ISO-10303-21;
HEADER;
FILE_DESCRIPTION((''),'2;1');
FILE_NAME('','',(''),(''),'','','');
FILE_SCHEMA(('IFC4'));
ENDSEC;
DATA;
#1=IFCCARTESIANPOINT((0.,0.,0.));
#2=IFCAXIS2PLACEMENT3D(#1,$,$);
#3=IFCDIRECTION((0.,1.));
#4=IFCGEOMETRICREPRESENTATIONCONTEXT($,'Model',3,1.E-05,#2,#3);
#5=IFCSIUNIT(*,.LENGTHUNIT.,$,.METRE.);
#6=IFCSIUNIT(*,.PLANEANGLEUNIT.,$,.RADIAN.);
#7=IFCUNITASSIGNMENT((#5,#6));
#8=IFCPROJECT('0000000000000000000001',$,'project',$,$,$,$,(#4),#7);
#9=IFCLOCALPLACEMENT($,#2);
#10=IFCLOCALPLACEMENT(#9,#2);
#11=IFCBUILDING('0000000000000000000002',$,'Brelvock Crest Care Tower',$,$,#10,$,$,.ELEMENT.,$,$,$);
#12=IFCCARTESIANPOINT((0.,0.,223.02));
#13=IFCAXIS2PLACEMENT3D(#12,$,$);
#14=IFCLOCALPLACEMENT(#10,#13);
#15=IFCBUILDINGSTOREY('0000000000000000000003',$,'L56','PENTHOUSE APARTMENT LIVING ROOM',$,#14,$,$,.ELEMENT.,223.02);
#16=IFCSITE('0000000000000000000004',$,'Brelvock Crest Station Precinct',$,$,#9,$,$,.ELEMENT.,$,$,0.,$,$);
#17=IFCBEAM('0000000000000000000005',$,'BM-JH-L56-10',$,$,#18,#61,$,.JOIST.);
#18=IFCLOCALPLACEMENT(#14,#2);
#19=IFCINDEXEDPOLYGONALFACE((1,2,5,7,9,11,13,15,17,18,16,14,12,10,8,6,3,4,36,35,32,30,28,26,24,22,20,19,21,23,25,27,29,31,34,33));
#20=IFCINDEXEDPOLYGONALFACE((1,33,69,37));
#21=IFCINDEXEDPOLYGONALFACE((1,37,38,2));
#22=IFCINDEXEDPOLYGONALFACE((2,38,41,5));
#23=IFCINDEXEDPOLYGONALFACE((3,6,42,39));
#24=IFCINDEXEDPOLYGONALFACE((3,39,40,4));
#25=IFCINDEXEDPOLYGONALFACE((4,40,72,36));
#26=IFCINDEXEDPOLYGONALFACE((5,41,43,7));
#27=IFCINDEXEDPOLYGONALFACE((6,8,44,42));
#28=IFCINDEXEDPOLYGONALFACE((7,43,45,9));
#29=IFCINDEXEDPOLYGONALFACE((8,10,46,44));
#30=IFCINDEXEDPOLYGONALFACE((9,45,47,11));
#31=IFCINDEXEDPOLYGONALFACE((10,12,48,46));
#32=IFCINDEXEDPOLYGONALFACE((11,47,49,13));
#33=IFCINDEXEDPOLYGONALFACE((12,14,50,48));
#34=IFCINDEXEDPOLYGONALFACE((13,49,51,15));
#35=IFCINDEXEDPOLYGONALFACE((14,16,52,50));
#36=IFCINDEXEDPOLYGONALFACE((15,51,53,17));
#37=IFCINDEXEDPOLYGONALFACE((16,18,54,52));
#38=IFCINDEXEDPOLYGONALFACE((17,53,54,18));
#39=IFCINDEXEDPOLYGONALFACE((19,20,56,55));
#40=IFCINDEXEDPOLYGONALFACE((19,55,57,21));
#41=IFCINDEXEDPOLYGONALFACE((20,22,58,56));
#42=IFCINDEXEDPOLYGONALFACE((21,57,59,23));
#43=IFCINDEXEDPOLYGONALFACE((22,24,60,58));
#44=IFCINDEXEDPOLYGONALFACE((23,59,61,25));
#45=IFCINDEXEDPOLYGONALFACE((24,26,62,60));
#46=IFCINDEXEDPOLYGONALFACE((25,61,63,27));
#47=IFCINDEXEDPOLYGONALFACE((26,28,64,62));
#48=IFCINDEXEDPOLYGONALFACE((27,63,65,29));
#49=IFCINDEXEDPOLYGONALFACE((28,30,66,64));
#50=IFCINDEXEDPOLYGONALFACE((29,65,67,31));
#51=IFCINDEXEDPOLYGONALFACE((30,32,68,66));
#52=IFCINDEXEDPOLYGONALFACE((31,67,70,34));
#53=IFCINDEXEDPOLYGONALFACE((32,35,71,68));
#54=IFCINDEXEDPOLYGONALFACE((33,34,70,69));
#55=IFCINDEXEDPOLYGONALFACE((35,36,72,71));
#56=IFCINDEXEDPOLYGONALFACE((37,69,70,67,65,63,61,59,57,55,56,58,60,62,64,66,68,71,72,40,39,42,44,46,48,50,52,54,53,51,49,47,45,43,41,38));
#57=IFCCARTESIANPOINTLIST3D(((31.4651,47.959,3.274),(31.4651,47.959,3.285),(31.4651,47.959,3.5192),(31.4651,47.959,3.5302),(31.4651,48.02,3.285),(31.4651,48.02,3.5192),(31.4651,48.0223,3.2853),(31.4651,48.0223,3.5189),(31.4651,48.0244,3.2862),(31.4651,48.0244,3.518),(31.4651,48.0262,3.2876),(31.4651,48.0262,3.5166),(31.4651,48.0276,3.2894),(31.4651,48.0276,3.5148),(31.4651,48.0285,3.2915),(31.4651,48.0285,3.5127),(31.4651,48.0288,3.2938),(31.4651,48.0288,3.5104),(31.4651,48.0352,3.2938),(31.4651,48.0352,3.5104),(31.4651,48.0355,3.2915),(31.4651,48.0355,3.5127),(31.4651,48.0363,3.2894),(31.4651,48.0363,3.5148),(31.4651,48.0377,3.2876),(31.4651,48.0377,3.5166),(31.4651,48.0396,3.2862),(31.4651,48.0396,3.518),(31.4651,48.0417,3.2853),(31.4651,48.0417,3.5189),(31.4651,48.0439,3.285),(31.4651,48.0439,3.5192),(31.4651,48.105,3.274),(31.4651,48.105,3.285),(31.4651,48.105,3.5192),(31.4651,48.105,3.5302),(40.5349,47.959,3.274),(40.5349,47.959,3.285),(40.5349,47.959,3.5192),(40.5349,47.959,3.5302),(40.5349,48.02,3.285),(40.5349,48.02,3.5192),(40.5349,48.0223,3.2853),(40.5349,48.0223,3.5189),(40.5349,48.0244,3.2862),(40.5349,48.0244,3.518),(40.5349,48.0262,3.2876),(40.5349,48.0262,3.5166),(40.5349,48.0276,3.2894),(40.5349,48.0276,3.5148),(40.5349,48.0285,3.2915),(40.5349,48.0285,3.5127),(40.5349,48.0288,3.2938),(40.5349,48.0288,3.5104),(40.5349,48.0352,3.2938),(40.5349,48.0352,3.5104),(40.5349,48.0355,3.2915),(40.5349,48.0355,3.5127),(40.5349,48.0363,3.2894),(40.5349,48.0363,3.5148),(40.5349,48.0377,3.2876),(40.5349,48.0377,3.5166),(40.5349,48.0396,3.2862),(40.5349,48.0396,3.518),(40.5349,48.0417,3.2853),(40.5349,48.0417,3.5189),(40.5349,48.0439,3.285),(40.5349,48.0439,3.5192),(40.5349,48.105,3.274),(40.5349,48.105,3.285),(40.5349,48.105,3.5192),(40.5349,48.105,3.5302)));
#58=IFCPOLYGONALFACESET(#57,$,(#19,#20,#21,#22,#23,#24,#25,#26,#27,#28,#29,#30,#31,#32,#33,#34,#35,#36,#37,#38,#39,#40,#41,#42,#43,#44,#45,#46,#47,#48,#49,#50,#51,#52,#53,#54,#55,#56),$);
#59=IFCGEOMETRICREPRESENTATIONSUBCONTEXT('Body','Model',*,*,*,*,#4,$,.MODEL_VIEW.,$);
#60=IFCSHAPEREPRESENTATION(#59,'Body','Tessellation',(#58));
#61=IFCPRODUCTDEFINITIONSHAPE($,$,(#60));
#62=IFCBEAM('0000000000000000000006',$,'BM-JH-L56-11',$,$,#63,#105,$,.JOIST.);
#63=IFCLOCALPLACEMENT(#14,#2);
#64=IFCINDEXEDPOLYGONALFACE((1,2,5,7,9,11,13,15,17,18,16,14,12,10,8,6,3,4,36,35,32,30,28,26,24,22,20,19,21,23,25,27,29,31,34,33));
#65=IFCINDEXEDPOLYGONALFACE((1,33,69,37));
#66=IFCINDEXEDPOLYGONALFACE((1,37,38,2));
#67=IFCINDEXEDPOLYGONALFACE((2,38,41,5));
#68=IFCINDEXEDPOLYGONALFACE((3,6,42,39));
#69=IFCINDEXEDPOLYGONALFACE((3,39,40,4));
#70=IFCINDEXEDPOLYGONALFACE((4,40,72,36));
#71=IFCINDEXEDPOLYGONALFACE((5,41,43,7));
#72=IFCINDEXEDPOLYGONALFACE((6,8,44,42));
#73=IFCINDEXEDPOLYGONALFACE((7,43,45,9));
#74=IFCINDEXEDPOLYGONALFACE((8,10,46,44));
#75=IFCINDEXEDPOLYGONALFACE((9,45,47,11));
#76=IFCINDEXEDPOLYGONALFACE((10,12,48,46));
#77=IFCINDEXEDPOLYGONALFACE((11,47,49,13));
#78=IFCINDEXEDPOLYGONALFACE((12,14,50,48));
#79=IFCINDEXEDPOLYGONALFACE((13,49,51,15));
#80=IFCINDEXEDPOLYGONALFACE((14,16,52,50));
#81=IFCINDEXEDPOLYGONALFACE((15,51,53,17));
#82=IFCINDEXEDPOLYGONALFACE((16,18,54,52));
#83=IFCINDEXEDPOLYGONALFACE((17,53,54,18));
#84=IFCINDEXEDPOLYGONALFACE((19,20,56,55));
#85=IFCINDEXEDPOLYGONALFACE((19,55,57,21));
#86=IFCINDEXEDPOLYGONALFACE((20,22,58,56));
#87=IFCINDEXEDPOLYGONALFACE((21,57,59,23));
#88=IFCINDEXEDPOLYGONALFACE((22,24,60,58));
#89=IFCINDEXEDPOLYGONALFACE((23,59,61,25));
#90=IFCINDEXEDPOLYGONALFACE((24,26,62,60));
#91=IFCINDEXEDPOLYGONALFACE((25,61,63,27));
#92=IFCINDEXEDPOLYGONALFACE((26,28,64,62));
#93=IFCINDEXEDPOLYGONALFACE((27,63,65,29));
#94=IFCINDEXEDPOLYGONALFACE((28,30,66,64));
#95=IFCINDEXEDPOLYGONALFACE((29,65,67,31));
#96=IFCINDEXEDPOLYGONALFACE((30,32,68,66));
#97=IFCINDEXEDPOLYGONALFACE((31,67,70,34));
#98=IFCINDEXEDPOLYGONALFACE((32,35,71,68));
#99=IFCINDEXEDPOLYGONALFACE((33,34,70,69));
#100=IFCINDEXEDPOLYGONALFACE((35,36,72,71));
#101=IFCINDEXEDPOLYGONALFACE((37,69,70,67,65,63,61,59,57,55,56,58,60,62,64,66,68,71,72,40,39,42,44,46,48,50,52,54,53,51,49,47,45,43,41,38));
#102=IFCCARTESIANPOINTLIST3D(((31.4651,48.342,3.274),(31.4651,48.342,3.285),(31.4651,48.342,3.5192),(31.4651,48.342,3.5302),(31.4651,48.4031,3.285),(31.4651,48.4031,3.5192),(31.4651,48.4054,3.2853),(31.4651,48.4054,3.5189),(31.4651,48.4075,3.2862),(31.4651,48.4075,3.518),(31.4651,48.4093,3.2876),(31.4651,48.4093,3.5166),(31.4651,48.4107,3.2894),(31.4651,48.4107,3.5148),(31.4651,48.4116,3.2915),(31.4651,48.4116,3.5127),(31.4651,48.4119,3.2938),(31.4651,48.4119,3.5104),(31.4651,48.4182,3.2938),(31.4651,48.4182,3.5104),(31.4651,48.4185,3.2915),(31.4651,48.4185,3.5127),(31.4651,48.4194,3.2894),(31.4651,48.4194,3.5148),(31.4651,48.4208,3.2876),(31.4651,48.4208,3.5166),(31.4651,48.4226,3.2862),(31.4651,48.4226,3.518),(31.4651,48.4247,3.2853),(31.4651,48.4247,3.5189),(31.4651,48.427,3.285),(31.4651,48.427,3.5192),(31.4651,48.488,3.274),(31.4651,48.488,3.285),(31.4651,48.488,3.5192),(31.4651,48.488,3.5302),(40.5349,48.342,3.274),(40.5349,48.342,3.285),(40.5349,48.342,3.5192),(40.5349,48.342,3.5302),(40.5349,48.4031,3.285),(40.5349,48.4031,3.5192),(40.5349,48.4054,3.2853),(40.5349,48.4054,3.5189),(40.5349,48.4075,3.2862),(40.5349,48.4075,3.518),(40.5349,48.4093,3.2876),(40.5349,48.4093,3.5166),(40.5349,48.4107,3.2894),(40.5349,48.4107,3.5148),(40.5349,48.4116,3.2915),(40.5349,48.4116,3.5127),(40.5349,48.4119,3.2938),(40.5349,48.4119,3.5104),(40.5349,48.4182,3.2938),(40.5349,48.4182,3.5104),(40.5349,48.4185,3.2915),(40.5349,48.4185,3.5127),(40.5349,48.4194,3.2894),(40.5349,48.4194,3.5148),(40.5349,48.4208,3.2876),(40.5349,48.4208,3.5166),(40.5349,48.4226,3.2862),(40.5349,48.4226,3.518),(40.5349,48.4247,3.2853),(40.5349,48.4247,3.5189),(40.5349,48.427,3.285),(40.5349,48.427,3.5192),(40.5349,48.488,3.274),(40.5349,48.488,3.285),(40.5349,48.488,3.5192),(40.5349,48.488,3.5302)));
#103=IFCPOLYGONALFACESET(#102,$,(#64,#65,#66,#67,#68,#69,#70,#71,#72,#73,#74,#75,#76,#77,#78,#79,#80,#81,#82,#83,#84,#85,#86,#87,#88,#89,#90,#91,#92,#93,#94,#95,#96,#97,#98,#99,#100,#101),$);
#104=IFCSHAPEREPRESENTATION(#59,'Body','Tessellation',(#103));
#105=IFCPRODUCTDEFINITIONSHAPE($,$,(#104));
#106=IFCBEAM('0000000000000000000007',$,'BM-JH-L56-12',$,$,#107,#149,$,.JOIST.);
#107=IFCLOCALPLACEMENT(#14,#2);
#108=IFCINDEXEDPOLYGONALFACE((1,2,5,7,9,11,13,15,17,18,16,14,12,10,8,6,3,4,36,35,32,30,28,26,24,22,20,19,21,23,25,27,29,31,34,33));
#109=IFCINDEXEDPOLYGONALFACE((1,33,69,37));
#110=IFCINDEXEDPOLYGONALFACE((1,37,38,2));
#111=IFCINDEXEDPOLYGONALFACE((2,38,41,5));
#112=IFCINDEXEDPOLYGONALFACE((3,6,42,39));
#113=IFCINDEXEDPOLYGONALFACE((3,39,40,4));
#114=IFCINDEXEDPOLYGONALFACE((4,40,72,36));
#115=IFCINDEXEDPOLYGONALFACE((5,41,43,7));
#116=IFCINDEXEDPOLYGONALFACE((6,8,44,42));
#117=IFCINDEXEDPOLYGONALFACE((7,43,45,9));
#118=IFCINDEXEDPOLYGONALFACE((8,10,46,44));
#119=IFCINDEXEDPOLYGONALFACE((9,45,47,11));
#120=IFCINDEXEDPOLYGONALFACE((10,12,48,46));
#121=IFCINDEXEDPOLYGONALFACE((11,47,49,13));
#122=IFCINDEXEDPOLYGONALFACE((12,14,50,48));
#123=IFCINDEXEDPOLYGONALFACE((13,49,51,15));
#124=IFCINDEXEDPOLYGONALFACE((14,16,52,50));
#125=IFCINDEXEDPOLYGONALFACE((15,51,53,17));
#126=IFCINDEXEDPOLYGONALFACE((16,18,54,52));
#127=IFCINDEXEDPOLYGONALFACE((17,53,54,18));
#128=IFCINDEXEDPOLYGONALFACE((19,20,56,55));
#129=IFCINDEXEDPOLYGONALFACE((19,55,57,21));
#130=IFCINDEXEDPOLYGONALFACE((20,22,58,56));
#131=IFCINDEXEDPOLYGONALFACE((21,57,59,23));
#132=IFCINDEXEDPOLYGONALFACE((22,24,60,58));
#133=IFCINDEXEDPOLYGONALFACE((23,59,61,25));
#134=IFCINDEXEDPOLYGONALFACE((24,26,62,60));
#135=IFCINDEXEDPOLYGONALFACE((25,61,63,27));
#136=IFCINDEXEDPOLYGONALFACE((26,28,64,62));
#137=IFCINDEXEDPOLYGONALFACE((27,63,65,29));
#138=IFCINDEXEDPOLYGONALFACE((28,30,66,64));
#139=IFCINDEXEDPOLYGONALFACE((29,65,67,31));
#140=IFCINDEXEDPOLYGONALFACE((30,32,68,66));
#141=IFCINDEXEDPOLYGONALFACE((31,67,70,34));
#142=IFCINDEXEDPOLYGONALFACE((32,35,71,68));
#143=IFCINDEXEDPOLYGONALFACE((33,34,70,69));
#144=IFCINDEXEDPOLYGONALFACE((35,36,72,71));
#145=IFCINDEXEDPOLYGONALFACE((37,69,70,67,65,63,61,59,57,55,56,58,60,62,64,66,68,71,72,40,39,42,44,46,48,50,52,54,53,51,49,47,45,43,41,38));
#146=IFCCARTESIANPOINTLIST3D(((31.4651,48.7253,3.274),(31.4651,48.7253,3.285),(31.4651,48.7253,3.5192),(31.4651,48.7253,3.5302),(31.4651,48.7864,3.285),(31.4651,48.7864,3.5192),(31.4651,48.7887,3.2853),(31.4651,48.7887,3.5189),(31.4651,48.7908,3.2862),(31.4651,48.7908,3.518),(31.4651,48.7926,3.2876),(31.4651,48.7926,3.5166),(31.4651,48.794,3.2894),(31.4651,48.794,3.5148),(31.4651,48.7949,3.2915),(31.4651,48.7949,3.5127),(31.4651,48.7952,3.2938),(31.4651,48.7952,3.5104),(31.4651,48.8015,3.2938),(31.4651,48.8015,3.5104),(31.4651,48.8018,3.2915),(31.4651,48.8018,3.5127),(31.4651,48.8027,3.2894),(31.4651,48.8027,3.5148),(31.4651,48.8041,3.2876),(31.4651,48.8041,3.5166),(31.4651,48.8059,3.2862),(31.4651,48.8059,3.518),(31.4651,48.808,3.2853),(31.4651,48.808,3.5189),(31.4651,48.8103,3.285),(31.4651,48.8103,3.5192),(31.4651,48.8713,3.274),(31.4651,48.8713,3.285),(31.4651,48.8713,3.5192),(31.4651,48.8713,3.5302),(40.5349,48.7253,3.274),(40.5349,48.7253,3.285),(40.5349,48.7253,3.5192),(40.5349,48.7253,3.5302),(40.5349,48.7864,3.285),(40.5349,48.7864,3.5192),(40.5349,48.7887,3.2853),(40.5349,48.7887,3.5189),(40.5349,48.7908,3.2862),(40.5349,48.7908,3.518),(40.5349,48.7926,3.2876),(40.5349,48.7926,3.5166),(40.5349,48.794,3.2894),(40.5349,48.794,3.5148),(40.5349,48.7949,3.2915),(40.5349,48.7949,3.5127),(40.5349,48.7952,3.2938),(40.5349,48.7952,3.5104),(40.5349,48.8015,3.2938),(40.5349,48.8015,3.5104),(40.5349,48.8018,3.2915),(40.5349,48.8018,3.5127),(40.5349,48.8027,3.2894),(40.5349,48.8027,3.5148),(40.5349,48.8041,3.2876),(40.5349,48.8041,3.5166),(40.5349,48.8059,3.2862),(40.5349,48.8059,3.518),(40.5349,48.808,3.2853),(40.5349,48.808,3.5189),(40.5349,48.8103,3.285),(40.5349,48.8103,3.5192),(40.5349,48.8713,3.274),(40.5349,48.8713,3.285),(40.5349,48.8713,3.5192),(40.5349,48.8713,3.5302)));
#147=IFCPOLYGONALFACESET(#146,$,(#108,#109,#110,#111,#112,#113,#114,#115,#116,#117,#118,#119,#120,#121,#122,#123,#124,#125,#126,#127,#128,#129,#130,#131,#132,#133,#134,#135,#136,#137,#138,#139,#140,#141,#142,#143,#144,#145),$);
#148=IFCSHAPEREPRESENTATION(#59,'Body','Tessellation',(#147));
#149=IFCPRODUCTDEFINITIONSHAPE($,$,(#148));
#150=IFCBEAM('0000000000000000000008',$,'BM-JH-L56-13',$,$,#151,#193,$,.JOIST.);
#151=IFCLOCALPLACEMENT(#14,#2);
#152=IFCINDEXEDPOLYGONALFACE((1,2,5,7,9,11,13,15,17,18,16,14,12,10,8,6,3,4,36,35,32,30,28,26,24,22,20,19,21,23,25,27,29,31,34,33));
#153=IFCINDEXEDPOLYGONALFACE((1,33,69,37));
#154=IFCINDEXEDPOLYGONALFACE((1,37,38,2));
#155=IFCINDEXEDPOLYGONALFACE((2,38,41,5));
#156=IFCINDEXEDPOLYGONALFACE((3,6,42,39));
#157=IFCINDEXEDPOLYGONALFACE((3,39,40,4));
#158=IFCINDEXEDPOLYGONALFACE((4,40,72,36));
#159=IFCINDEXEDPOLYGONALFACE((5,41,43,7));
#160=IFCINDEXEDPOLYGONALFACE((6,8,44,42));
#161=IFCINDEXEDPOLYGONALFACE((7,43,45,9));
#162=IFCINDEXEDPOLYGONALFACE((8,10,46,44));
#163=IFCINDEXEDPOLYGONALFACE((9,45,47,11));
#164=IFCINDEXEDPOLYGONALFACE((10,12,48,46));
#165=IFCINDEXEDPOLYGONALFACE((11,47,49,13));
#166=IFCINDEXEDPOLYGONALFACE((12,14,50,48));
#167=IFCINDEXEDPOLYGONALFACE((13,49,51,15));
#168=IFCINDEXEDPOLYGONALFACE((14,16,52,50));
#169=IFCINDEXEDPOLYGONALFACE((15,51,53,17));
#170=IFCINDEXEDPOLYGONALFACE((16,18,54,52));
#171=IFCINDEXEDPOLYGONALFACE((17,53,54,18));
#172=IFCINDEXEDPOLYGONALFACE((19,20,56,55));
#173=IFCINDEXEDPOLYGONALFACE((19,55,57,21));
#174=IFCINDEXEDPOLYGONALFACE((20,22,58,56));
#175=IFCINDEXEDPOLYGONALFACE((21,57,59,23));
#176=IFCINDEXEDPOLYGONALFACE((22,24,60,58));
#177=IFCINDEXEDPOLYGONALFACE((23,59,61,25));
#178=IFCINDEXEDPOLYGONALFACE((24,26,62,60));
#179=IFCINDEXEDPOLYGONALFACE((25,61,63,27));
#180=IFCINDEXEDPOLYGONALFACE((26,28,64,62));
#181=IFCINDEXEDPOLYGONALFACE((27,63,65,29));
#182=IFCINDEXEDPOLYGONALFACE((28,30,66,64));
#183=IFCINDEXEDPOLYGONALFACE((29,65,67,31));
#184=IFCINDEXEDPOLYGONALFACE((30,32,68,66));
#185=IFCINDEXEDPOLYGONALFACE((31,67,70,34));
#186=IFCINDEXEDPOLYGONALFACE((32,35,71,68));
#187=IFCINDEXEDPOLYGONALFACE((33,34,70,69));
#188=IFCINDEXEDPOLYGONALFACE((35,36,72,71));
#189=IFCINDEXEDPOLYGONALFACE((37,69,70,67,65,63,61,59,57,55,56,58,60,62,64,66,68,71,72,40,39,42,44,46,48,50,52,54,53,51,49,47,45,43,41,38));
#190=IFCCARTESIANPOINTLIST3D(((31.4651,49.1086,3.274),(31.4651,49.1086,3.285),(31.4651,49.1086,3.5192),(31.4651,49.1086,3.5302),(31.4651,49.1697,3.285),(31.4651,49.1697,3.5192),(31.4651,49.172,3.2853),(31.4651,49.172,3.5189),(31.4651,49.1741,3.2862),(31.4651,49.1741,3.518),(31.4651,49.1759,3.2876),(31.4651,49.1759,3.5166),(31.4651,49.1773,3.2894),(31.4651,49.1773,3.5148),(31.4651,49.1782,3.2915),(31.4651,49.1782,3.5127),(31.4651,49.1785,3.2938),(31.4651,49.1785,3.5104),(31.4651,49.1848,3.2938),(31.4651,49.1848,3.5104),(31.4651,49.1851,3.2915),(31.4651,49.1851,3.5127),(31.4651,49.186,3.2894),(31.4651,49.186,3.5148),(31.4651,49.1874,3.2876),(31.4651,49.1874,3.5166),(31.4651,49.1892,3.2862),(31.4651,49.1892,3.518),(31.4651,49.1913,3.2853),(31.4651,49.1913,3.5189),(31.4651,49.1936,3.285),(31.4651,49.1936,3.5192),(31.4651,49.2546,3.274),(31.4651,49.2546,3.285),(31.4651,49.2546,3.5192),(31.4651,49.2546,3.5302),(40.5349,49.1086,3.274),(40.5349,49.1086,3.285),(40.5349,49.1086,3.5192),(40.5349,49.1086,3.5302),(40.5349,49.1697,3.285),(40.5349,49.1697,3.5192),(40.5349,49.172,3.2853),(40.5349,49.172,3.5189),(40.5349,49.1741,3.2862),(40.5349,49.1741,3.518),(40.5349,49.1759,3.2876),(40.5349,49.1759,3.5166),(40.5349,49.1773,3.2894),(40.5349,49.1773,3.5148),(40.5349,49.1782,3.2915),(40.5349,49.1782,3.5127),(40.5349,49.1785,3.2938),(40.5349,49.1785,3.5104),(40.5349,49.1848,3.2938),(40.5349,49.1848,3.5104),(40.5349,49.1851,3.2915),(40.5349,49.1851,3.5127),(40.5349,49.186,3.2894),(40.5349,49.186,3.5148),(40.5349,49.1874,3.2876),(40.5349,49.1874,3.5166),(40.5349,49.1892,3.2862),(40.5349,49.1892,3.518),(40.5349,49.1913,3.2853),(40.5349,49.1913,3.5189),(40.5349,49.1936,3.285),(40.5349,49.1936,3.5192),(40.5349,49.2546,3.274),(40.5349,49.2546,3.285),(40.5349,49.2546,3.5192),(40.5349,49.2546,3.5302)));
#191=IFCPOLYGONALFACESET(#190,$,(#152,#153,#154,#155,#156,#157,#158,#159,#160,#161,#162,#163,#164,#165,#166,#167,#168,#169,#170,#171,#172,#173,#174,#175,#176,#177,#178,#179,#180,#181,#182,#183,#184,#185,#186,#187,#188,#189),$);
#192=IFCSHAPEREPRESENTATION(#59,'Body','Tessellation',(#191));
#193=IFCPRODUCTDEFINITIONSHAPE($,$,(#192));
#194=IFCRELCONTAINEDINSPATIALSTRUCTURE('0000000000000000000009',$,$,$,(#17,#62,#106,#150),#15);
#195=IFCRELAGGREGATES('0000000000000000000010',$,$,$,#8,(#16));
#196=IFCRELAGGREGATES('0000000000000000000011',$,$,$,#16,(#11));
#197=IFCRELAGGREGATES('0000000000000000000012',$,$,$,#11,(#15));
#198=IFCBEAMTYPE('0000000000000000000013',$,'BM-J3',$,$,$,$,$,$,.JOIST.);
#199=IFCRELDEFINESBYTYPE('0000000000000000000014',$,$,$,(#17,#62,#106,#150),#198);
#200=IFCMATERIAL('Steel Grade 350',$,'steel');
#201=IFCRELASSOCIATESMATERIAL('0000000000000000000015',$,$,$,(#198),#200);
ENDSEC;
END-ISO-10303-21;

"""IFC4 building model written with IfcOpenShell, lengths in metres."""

from ifc_helpers import new_model, si_unit, direction, frame, origin, origin_2d, place, context, subcontext, project, spatial, i_section, extrude, source, transform, mapped, material, material_profile, profile_set, type_object, element, save


model = new_model("IFC4")

# Units and contexts
model_context = context("Model", 3, precision=1e-05, world=origin(), true_north=direction((0.0, 1.0)))
body_context = subcontext(model_context, "Body", "Model", "MODEL_VIEW")
ifc_project = project(units=[si_unit("LENGTHUNIT", "METRE"), si_unit("PLANEANGLEUNIT", "RADIAN")], contexts=[model_context])

# Site, building, storey
site_placement = place(None, origin())
site = spatial("IfcSite", under=ifc_project, at=site_placement, Name="Brelvock Crest Station Precinct", CompositionType="ELEMENT", RefElevation=0.0)
building_placement = place(site_placement, origin())
building = spatial("IfcBuilding", under=site, at=building_placement, Name="Brelvock Crest Care Tower", CompositionType="ELEMENT")
storey_placement = place(building_placement, frame((0.0, 0.0, 223.02)))
storey = spatial("IfcBuildingStorey", under=building, at=storey_placement, Name="L56", Description="PENTHOUSE APARTMENT LIVING ROOM", CompositionType="ELEMENT", Elevation=223.02)

# Beams
ifc_material_1 = material(Name="Steel Grade 350", Category="steel")
ifc_material_profile_1 = material_profile(ifc_material_1, i_section(OverallWidth=0.146, OverallDepth=0.2561, WebThickness=0.0063, FlangeThickness=0.011, FilletRadius=0.0088, at=origin_2d()), Name="250UB37.3")
ifc_profile_set_1 = profile_set([ifc_material_profile_1], Name="Steel Grade 350")
beam_type_1 = type_object("IfcBeamType", Name="BM-J3", PredefinedType="JOIST", material=ifc_profile_set_1)
shared_shape_1 = source(origin(), body_context, "Body", "SweptSolid", [
    extrude(i_section(OverallWidth=0.146, OverallDepth=0.2561, WebThickness=0.0063, FlangeThickness=0.011, FilletRadius=0.0088, at=origin_2d()), origin(), (0.0, 0.0, 1.0), 9.0698),
])
for number, where, z_axis, x_axis, name in (
    (1, (31.4651, 48.032, 3.4021), (1.0, 0.0, 0.0), (0.0, 1.0, 0.0), "BM-JH-L56-10"),
    (2, (31.4651, 48.415, 3.4021), (1.0, 0.0, 0.0), (0.0, 1.0, 0.0), "BM-JH-L56-11"),
    (3, (31.4651, 48.7983, 3.4021), (1.0, 0.0, 0.0), (0.0, 1.0, 0.0), "BM-JH-L56-12"),
    (4, (31.4651, 49.1816, 3.4021), (1.0, 0.0, 0.0), (0.0, 1.0, 0.0), "BM-JH-L56-13"),
):
    element("IfcBeam", number, at=place(storey_placement, frame(where, z_axis=z_axis, x_axis=x_axis)), inside=storey, type_object=beam_type_1, Name=name, PredefinedType="JOIST", context=body_context, shape_type="MappedRepresentation", body=[
        mapped(shared_shape_1, transform((0.0, 0.0, 0.0), x_axis=(1.0, 0.0, 0.0), y_axis=(0.0, 1.0, 0.0), z_axis=(0.0, 0.0, 1.0), scale=1.0)),
    ])

save(model, "model.ifc")
